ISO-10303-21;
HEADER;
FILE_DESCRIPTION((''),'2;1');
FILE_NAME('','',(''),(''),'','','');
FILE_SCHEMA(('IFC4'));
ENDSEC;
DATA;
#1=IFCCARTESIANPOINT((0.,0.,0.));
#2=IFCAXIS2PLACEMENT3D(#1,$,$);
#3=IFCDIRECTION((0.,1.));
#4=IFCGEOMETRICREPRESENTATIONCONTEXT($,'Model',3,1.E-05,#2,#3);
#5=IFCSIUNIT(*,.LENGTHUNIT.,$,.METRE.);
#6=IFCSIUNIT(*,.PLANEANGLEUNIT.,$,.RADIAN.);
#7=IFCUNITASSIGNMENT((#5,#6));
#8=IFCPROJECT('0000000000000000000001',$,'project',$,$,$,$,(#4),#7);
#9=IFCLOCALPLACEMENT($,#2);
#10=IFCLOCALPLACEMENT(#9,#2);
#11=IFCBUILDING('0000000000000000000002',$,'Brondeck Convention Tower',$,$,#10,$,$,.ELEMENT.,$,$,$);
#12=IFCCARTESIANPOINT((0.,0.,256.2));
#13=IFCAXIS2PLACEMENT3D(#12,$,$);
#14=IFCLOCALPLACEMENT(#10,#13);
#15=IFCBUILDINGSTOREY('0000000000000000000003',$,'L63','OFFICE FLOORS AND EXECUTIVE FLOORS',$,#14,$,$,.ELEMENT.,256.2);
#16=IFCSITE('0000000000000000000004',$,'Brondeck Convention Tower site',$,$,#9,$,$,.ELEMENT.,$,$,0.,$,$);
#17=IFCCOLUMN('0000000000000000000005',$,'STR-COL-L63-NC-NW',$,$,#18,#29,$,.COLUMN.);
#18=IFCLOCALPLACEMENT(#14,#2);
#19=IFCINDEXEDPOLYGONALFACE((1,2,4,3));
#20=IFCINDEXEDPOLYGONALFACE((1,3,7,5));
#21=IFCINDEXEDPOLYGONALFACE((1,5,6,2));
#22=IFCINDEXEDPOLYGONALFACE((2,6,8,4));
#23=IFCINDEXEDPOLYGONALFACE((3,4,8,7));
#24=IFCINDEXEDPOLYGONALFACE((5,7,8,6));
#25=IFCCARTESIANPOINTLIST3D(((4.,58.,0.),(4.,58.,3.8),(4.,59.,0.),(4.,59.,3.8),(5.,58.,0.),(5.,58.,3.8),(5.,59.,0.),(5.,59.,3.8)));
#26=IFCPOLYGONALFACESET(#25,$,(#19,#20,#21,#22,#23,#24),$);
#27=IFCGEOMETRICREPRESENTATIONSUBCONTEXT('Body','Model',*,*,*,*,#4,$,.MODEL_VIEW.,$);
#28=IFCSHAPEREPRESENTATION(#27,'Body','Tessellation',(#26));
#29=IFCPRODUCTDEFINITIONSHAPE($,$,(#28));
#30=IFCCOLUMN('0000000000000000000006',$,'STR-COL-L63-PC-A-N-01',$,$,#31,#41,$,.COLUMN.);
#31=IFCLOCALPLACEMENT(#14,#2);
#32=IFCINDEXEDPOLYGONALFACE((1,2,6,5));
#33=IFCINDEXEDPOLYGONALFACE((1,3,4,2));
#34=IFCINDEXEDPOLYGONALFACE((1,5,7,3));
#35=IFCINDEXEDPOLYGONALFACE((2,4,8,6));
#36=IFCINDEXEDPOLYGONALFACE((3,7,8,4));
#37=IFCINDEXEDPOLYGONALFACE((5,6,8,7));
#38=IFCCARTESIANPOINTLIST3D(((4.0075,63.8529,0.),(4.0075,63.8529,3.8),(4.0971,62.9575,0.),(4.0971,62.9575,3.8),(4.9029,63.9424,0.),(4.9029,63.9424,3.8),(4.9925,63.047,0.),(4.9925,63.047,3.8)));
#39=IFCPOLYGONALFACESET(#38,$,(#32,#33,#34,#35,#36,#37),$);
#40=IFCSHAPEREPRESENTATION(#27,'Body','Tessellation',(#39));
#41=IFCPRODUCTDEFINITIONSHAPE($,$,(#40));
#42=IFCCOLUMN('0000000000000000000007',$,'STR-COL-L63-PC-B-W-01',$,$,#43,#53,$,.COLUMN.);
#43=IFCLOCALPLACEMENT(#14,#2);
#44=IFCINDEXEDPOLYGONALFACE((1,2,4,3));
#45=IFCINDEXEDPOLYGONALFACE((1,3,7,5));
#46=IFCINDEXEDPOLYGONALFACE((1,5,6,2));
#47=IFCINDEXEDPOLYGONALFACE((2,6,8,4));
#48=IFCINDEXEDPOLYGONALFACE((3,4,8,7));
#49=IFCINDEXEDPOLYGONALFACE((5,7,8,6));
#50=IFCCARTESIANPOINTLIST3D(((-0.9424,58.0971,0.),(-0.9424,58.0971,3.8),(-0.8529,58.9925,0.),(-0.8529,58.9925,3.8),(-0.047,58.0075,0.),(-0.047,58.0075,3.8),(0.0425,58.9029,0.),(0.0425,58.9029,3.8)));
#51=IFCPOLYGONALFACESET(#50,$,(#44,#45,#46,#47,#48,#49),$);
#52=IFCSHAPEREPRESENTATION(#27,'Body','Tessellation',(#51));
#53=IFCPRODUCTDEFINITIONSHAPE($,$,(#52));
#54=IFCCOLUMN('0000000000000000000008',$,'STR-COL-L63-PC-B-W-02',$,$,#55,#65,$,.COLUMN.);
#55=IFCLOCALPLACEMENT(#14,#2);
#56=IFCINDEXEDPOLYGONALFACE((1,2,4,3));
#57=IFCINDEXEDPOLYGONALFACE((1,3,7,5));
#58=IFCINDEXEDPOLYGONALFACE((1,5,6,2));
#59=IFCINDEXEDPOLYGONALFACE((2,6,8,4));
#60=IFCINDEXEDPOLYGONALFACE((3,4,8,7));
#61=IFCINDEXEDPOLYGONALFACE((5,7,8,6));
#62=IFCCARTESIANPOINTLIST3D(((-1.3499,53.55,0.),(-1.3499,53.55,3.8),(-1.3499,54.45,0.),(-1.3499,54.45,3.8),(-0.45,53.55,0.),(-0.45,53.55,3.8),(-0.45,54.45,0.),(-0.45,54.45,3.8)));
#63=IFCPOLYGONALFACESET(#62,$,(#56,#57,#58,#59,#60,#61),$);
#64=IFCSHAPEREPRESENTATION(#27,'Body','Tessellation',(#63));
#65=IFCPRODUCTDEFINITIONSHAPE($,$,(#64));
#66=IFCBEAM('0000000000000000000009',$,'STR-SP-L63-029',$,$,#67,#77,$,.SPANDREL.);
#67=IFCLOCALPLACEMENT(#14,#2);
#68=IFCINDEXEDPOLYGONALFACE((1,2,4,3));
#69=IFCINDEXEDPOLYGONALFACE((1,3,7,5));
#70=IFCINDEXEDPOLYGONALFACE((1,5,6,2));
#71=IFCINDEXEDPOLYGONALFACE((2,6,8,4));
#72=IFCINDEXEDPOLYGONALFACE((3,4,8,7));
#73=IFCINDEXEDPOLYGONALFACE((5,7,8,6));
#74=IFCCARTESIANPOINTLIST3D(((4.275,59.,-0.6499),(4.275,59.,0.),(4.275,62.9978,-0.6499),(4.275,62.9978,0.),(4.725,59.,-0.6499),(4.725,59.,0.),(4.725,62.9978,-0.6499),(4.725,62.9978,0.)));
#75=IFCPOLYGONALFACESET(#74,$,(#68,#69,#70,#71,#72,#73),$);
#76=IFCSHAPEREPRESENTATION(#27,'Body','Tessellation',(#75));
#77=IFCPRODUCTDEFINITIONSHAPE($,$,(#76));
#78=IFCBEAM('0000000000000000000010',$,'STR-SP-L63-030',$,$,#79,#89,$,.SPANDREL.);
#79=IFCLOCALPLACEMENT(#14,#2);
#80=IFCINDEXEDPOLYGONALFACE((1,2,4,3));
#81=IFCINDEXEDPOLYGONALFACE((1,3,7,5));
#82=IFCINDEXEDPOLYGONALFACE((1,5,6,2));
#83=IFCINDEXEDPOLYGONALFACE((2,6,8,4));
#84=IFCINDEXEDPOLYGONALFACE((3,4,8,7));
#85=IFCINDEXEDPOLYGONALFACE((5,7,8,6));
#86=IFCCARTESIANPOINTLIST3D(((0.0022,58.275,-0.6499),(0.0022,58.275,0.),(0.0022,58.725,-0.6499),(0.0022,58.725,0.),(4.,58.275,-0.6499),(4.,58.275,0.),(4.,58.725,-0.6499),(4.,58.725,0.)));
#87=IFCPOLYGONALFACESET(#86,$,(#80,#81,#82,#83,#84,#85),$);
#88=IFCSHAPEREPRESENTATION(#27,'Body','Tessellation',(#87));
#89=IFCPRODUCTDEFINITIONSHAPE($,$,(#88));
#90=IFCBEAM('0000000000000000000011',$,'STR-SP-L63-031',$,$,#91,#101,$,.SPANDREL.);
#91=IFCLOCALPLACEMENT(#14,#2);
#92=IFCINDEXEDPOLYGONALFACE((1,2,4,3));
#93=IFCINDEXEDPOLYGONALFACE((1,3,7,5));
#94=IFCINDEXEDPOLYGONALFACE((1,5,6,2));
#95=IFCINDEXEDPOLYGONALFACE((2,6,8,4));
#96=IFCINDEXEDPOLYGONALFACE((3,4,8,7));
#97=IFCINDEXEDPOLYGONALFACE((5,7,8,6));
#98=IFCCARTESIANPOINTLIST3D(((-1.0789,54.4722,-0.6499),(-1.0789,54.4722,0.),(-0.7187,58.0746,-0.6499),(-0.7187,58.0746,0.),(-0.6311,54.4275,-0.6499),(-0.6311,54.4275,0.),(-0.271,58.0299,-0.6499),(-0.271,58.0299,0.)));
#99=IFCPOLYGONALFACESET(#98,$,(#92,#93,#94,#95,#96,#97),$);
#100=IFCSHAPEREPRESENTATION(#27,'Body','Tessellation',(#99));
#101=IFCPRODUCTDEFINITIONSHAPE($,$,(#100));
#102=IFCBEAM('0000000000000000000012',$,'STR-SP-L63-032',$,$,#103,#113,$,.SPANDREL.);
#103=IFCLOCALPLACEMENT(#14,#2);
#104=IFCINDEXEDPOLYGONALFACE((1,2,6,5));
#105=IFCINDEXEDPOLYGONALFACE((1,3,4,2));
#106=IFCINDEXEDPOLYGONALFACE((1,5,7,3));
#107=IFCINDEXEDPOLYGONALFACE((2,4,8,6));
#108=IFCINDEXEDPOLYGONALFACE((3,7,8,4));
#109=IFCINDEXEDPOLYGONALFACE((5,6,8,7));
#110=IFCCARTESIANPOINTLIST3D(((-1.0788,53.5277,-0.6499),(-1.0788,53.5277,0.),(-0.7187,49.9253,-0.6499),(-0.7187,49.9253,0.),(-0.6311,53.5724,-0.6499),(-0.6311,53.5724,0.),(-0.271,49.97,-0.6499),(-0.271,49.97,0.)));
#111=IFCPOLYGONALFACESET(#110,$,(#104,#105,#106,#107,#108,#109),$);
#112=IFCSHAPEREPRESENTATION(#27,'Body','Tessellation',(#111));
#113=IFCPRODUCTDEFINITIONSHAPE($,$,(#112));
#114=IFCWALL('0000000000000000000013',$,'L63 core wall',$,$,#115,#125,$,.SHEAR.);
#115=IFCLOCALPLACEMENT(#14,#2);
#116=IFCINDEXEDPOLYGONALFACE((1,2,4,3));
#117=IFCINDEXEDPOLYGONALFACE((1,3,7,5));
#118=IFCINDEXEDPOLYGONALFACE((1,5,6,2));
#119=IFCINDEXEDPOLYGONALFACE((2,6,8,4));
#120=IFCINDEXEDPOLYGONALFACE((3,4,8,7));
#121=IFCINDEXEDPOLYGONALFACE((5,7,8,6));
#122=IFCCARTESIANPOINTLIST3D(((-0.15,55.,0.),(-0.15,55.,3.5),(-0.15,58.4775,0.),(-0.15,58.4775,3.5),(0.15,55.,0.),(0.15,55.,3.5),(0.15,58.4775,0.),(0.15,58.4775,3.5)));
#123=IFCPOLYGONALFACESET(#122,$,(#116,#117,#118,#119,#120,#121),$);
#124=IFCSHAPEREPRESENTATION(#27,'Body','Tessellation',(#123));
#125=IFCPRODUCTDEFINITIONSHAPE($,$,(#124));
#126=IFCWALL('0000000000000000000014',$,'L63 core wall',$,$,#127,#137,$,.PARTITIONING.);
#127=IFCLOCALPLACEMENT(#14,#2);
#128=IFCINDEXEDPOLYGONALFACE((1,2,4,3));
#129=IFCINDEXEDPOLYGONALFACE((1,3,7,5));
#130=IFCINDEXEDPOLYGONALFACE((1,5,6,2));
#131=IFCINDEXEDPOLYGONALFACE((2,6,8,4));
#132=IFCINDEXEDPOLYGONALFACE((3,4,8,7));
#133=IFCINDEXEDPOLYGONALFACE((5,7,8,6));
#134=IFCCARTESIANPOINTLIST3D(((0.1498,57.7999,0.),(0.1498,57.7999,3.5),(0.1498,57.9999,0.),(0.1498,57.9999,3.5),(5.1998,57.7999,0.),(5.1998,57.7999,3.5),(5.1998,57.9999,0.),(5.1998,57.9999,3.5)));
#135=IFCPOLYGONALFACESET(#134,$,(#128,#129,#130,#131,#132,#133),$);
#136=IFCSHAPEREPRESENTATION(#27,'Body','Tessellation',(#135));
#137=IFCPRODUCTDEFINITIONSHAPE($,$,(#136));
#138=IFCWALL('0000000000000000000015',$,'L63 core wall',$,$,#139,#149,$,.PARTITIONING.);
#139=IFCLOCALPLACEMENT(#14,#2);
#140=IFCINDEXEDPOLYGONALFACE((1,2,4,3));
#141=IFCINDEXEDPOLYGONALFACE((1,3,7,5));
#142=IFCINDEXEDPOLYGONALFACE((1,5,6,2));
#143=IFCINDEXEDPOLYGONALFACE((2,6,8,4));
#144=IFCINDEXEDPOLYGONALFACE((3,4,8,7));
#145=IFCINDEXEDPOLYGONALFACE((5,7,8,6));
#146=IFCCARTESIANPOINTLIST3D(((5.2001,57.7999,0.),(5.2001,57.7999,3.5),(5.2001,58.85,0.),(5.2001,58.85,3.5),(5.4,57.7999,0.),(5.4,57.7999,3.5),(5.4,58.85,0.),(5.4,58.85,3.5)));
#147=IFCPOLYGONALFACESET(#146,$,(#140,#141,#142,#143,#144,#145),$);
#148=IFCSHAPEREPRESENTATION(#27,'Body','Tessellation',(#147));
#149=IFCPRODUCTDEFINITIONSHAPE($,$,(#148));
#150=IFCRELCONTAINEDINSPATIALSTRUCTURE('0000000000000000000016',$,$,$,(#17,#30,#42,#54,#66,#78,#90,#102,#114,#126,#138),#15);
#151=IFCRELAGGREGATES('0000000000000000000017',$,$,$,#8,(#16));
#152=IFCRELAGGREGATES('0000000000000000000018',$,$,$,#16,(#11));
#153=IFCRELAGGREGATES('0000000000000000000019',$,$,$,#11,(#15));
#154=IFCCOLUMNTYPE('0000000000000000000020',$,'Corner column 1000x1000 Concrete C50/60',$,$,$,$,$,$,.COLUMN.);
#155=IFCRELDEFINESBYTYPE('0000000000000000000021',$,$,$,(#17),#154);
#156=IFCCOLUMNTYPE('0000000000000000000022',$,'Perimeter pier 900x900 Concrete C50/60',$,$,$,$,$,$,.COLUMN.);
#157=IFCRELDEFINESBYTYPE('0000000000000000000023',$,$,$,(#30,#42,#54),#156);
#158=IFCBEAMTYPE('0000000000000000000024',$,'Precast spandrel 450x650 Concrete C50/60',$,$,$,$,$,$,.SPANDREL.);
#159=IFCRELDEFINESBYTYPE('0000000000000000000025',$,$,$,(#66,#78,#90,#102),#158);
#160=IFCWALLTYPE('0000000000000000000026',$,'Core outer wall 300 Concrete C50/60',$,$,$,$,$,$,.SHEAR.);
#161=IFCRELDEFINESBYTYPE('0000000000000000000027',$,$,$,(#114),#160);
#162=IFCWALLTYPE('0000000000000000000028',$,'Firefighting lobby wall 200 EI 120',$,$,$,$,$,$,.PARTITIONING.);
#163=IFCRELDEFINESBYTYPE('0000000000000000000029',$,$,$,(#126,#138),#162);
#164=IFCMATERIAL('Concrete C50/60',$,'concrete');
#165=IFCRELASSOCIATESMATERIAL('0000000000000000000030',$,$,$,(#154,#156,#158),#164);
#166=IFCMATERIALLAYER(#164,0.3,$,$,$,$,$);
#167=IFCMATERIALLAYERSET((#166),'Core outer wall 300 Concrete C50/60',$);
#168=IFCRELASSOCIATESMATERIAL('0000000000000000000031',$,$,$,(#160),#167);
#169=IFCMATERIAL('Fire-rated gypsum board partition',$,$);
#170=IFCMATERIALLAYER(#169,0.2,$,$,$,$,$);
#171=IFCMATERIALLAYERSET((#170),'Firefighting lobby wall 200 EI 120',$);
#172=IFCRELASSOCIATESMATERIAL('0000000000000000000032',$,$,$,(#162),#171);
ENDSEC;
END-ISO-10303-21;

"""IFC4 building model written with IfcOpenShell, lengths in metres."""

from ifc_helpers import new_model, si_unit, direction, frame, frame_2d, origin, origin_2d, place, context, subcontext, project, spatial, rectangle, extrude, material, layer, layer_set, material_profile, profile_set, type_object, element, save


model = new_model("IFC4")

# Units and contexts
model_context = context("Model", 3, precision=1e-05, world=origin(), true_north=direction((0.0, 1.0)))
body_context = subcontext(model_context, "Body", "Model", "MODEL_VIEW")
ifc_project = project(units=[si_unit("LENGTHUNIT", "METRE"), si_unit("PLANEANGLEUNIT", "RADIAN")], contexts=[model_context])

# Site, building, storey
site_placement = place(None, origin())
site = spatial("IfcSite", under=ifc_project, at=site_placement, Name="Brondeck Convention Tower site", CompositionType="ELEMENT", RefElevation=0.0)
building_placement = place(site_placement, origin())
building = spatial("IfcBuilding", under=site, at=building_placement, Name="Brondeck Convention Tower", CompositionType="ELEMENT")
storey_placement = place(building_placement, frame((0.0, 0.0, 256.2)))
storey = spatial("IfcBuildingStorey", under=building, at=storey_placement, Name="L63", Description="OFFICE FLOORS AND EXECUTIVE FLOORS", CompositionType="ELEMENT", Elevation=256.2)

# Columns
ifc_material_1 = material(Name="Concrete C50/60", Category="concrete")
ifc_material_profile_1 = material_profile(ifc_material_1, rectangle(XDim=1.0, YDim=1.0, at=origin_2d()), Name="Corner column 1000x1000 Concrete C50/60")
ifc_profile_set_1 = profile_set([ifc_material_profile_1], Name="Concrete C50/60")
column_type_1 = type_object("IfcColumnType", Name="Corner column 1000x1000 Concrete C50/60", PredefinedType="COLUMN", material=ifc_profile_set_1)
column_placement = place(storey_placement, frame((4.5, 58.5, 0.0), z_axis=(0.0, 0.0, 1.0), x_axis=(1.0, 0.0, 0.0)))
element("IfcColumn", 1, at=column_placement, inside=storey, type_object=column_type_1, Name="STR-COL-L63-NC-NW", PredefinedType="COLUMN", context=body_context, shape_type="SweptSolid", body=[
    extrude(rectangle(XDim=1.0, YDim=1.0, at=origin_2d()), origin(), (0.0, 0.0, 1.0), 3.8),
])
ifc_material_profile_2 = material_profile(ifc_material_1, rectangle(XDim=0.8999, YDim=0.8999, at=origin_2d()), Name="Perimeter pier 900x900 Concrete C50/60")
ifc_profile_set_2 = profile_set([ifc_material_profile_2], Name="Concrete C50/60")
column_type_2 = type_object("IfcColumnType", Name="Perimeter pier 900x900 Concrete C50/60", PredefinedType="COLUMN", material=ifc_profile_set_2)
for number, where, z_axis, x_axis, name in (
    (2, (4.5, 63.45, 0.0), (0.0, 0.0, 1.0), (-0.995037, -0.099504, 0.0), "STR-COL-L63-PC-A-N-01"),
    (3, (-0.45, 58.5, 0.0), (0.0, 0.0, 1.0), (-0.099504, -0.995037, 0.0), "STR-COL-L63-PC-B-W-01"),
    (4, (-0.8999, 54.0, 0.0), (0.0, 0.0, 1.0), (0.0, -1.0, 0.0), "STR-COL-L63-PC-B-W-02"),
):
    element("IfcColumn", number, at=place(storey_placement, frame(where, z_axis=z_axis, x_axis=x_axis)), inside=storey, type_object=column_type_2, Name=name, PredefinedType="COLUMN", context=body_context, shape_type="SweptSolid", body=[
        extrude(rectangle(XDim=0.8999, YDim=0.8999, at=origin_2d()), origin(), (0.0, 0.0, 1.0), 3.8),
    ])

# Beams
ifc_material_profile_3 = material_profile(ifc_material_1, rectangle(XDim=0.45, YDim=0.6499, at=origin_2d()), Name="Precast spandrel 450x650 Concrete C50/60")
ifc_profile_set_3 = profile_set([ifc_material_profile_3], Name="Concrete C50/60")
beam_type = type_object("IfcBeamType", Name="Precast spandrel 450x650 Concrete C50/60", PredefinedType="SPANDREL", material=ifc_profile_set_3)
for number, where, z_axis, x_axis, name in (
    (5, (4.5, 62.9978, -0.325), (0.0, -1.0, 0.0), (1.0, 0.0, 0.0), "STR-SP-L63-029"),
    (6, (4.0, 58.5, -0.325), (-1.0, 0.0, 0.0), (0.0, -1.0, 0.0), "STR-SP-L63-030"),
):
    element("IfcBeam", number, at=place(storey_placement, frame(where, z_axis=z_axis, x_axis=x_axis)), inside=storey, type_object=beam_type, Name=name, PredefinedType="SPANDREL", context=body_context, shape_type="SweptSolid", body=[
        extrude(rectangle(XDim=0.45, YDim=0.6499, at=origin_2d()), origin(), (0.0, 0.0, 1.0), 3.9978),
    ])
for number, where, z_axis, x_axis, name in (
    (7, (-0.4949, 58.0522, -0.325), (-0.09947, -0.995041, 0.0), (0.995041, -0.09947, 0.0), "STR-SP-L63-031"),
    (8, (-0.855, 53.55, -0.325), (0.09947, -0.995041, 0.0), (0.995041, 0.09947, 0.0), "STR-SP-L63-032"),
):
    element("IfcBeam", number, at=place(storey_placement, frame(where, z_axis=z_axis, x_axis=x_axis)), inside=storey, type_object=beam_type, Name=name, PredefinedType="SPANDREL", context=body_context, shape_type="SweptSolid", body=[
        extrude(rectangle(XDim=0.45, YDim=0.6499, at=origin_2d()), origin(), (0.0, 0.0, 1.0), 3.6204),
    ])

# Walls
ifc_layer_1 = layer(ifc_material_1, 0.3)
ifc_layer_set_1 = layer_set([ifc_layer_1], Name="Core outer wall 300 Concrete C50/60")
wall_type_1 = type_object("IfcWallType", Name="Core outer wall 300 Concrete C50/60", PredefinedType="SHEAR", material=ifc_layer_set_1)
wall_1_placement = place(storey_placement, frame((0.0, 55.0, 0.0), z_axis=(0.0, 0.0, 1.0), x_axis=(0.0, 1.0, 0.0)))
element("IfcWall", 9, at=wall_1_placement, inside=storey, type_object=wall_type_1, Name="L63 core wall", PredefinedType="SHEAR", context=body_context, shape_type="SweptSolid", body=[
    extrude(rectangle(XDim=3.4775, YDim=0.3, at=frame_2d((1.7388, 0.0))), origin(), (0.0, 0.0, 1.0), 3.5),
])
ifc_material_2 = material(Name="Fire-rated gypsum board partition")
ifc_layer_2 = layer(ifc_material_2, 0.2)
ifc_layer_set_2 = layer_set([ifc_layer_2], Name="Firefighting lobby wall 200 EI 120")
wall_type_2 = type_object("IfcWallType", Name="Firefighting lobby wall 200 EI 120", PredefinedType="PARTITIONING", material=ifc_layer_set_2)
wall_2_placement = place(storey_placement, frame((0.1499, 57.8999, 0.0), z_axis=(0.0, 0.0, 1.0), x_axis=(1.0, 0.0, 0.0)))
element("IfcWall", 10, at=wall_2_placement, inside=storey, type_object=wall_type_2, Name="L63 core wall", PredefinedType="PARTITIONING", context=body_context, shape_type="SweptSolid", body=[
    extrude(rectangle(XDim=5.05, YDim=0.2, at=frame_2d((2.5249, 0.0))), origin(), (0.0, 0.0, 1.0), 3.5),
])
wall_3_placement = place(storey_placement, frame((5.3, 57.8, 0.0), z_axis=(0.0, 0.0, 1.0), x_axis=(0.0, 1.0, 0.0)))
element("IfcWall", 11, at=wall_3_placement, inside=storey, type_object=wall_type_2, Name="L63 core wall", PredefinedType="PARTITIONING", context=body_context, shape_type="SweptSolid", body=[
    extrude(rectangle(XDim=1.05, YDim=0.2, at=frame_2d((0.5249, 0.0))), origin(), (0.0, 0.0, 1.0), 3.5),
])

save(model, "model.ifc")
